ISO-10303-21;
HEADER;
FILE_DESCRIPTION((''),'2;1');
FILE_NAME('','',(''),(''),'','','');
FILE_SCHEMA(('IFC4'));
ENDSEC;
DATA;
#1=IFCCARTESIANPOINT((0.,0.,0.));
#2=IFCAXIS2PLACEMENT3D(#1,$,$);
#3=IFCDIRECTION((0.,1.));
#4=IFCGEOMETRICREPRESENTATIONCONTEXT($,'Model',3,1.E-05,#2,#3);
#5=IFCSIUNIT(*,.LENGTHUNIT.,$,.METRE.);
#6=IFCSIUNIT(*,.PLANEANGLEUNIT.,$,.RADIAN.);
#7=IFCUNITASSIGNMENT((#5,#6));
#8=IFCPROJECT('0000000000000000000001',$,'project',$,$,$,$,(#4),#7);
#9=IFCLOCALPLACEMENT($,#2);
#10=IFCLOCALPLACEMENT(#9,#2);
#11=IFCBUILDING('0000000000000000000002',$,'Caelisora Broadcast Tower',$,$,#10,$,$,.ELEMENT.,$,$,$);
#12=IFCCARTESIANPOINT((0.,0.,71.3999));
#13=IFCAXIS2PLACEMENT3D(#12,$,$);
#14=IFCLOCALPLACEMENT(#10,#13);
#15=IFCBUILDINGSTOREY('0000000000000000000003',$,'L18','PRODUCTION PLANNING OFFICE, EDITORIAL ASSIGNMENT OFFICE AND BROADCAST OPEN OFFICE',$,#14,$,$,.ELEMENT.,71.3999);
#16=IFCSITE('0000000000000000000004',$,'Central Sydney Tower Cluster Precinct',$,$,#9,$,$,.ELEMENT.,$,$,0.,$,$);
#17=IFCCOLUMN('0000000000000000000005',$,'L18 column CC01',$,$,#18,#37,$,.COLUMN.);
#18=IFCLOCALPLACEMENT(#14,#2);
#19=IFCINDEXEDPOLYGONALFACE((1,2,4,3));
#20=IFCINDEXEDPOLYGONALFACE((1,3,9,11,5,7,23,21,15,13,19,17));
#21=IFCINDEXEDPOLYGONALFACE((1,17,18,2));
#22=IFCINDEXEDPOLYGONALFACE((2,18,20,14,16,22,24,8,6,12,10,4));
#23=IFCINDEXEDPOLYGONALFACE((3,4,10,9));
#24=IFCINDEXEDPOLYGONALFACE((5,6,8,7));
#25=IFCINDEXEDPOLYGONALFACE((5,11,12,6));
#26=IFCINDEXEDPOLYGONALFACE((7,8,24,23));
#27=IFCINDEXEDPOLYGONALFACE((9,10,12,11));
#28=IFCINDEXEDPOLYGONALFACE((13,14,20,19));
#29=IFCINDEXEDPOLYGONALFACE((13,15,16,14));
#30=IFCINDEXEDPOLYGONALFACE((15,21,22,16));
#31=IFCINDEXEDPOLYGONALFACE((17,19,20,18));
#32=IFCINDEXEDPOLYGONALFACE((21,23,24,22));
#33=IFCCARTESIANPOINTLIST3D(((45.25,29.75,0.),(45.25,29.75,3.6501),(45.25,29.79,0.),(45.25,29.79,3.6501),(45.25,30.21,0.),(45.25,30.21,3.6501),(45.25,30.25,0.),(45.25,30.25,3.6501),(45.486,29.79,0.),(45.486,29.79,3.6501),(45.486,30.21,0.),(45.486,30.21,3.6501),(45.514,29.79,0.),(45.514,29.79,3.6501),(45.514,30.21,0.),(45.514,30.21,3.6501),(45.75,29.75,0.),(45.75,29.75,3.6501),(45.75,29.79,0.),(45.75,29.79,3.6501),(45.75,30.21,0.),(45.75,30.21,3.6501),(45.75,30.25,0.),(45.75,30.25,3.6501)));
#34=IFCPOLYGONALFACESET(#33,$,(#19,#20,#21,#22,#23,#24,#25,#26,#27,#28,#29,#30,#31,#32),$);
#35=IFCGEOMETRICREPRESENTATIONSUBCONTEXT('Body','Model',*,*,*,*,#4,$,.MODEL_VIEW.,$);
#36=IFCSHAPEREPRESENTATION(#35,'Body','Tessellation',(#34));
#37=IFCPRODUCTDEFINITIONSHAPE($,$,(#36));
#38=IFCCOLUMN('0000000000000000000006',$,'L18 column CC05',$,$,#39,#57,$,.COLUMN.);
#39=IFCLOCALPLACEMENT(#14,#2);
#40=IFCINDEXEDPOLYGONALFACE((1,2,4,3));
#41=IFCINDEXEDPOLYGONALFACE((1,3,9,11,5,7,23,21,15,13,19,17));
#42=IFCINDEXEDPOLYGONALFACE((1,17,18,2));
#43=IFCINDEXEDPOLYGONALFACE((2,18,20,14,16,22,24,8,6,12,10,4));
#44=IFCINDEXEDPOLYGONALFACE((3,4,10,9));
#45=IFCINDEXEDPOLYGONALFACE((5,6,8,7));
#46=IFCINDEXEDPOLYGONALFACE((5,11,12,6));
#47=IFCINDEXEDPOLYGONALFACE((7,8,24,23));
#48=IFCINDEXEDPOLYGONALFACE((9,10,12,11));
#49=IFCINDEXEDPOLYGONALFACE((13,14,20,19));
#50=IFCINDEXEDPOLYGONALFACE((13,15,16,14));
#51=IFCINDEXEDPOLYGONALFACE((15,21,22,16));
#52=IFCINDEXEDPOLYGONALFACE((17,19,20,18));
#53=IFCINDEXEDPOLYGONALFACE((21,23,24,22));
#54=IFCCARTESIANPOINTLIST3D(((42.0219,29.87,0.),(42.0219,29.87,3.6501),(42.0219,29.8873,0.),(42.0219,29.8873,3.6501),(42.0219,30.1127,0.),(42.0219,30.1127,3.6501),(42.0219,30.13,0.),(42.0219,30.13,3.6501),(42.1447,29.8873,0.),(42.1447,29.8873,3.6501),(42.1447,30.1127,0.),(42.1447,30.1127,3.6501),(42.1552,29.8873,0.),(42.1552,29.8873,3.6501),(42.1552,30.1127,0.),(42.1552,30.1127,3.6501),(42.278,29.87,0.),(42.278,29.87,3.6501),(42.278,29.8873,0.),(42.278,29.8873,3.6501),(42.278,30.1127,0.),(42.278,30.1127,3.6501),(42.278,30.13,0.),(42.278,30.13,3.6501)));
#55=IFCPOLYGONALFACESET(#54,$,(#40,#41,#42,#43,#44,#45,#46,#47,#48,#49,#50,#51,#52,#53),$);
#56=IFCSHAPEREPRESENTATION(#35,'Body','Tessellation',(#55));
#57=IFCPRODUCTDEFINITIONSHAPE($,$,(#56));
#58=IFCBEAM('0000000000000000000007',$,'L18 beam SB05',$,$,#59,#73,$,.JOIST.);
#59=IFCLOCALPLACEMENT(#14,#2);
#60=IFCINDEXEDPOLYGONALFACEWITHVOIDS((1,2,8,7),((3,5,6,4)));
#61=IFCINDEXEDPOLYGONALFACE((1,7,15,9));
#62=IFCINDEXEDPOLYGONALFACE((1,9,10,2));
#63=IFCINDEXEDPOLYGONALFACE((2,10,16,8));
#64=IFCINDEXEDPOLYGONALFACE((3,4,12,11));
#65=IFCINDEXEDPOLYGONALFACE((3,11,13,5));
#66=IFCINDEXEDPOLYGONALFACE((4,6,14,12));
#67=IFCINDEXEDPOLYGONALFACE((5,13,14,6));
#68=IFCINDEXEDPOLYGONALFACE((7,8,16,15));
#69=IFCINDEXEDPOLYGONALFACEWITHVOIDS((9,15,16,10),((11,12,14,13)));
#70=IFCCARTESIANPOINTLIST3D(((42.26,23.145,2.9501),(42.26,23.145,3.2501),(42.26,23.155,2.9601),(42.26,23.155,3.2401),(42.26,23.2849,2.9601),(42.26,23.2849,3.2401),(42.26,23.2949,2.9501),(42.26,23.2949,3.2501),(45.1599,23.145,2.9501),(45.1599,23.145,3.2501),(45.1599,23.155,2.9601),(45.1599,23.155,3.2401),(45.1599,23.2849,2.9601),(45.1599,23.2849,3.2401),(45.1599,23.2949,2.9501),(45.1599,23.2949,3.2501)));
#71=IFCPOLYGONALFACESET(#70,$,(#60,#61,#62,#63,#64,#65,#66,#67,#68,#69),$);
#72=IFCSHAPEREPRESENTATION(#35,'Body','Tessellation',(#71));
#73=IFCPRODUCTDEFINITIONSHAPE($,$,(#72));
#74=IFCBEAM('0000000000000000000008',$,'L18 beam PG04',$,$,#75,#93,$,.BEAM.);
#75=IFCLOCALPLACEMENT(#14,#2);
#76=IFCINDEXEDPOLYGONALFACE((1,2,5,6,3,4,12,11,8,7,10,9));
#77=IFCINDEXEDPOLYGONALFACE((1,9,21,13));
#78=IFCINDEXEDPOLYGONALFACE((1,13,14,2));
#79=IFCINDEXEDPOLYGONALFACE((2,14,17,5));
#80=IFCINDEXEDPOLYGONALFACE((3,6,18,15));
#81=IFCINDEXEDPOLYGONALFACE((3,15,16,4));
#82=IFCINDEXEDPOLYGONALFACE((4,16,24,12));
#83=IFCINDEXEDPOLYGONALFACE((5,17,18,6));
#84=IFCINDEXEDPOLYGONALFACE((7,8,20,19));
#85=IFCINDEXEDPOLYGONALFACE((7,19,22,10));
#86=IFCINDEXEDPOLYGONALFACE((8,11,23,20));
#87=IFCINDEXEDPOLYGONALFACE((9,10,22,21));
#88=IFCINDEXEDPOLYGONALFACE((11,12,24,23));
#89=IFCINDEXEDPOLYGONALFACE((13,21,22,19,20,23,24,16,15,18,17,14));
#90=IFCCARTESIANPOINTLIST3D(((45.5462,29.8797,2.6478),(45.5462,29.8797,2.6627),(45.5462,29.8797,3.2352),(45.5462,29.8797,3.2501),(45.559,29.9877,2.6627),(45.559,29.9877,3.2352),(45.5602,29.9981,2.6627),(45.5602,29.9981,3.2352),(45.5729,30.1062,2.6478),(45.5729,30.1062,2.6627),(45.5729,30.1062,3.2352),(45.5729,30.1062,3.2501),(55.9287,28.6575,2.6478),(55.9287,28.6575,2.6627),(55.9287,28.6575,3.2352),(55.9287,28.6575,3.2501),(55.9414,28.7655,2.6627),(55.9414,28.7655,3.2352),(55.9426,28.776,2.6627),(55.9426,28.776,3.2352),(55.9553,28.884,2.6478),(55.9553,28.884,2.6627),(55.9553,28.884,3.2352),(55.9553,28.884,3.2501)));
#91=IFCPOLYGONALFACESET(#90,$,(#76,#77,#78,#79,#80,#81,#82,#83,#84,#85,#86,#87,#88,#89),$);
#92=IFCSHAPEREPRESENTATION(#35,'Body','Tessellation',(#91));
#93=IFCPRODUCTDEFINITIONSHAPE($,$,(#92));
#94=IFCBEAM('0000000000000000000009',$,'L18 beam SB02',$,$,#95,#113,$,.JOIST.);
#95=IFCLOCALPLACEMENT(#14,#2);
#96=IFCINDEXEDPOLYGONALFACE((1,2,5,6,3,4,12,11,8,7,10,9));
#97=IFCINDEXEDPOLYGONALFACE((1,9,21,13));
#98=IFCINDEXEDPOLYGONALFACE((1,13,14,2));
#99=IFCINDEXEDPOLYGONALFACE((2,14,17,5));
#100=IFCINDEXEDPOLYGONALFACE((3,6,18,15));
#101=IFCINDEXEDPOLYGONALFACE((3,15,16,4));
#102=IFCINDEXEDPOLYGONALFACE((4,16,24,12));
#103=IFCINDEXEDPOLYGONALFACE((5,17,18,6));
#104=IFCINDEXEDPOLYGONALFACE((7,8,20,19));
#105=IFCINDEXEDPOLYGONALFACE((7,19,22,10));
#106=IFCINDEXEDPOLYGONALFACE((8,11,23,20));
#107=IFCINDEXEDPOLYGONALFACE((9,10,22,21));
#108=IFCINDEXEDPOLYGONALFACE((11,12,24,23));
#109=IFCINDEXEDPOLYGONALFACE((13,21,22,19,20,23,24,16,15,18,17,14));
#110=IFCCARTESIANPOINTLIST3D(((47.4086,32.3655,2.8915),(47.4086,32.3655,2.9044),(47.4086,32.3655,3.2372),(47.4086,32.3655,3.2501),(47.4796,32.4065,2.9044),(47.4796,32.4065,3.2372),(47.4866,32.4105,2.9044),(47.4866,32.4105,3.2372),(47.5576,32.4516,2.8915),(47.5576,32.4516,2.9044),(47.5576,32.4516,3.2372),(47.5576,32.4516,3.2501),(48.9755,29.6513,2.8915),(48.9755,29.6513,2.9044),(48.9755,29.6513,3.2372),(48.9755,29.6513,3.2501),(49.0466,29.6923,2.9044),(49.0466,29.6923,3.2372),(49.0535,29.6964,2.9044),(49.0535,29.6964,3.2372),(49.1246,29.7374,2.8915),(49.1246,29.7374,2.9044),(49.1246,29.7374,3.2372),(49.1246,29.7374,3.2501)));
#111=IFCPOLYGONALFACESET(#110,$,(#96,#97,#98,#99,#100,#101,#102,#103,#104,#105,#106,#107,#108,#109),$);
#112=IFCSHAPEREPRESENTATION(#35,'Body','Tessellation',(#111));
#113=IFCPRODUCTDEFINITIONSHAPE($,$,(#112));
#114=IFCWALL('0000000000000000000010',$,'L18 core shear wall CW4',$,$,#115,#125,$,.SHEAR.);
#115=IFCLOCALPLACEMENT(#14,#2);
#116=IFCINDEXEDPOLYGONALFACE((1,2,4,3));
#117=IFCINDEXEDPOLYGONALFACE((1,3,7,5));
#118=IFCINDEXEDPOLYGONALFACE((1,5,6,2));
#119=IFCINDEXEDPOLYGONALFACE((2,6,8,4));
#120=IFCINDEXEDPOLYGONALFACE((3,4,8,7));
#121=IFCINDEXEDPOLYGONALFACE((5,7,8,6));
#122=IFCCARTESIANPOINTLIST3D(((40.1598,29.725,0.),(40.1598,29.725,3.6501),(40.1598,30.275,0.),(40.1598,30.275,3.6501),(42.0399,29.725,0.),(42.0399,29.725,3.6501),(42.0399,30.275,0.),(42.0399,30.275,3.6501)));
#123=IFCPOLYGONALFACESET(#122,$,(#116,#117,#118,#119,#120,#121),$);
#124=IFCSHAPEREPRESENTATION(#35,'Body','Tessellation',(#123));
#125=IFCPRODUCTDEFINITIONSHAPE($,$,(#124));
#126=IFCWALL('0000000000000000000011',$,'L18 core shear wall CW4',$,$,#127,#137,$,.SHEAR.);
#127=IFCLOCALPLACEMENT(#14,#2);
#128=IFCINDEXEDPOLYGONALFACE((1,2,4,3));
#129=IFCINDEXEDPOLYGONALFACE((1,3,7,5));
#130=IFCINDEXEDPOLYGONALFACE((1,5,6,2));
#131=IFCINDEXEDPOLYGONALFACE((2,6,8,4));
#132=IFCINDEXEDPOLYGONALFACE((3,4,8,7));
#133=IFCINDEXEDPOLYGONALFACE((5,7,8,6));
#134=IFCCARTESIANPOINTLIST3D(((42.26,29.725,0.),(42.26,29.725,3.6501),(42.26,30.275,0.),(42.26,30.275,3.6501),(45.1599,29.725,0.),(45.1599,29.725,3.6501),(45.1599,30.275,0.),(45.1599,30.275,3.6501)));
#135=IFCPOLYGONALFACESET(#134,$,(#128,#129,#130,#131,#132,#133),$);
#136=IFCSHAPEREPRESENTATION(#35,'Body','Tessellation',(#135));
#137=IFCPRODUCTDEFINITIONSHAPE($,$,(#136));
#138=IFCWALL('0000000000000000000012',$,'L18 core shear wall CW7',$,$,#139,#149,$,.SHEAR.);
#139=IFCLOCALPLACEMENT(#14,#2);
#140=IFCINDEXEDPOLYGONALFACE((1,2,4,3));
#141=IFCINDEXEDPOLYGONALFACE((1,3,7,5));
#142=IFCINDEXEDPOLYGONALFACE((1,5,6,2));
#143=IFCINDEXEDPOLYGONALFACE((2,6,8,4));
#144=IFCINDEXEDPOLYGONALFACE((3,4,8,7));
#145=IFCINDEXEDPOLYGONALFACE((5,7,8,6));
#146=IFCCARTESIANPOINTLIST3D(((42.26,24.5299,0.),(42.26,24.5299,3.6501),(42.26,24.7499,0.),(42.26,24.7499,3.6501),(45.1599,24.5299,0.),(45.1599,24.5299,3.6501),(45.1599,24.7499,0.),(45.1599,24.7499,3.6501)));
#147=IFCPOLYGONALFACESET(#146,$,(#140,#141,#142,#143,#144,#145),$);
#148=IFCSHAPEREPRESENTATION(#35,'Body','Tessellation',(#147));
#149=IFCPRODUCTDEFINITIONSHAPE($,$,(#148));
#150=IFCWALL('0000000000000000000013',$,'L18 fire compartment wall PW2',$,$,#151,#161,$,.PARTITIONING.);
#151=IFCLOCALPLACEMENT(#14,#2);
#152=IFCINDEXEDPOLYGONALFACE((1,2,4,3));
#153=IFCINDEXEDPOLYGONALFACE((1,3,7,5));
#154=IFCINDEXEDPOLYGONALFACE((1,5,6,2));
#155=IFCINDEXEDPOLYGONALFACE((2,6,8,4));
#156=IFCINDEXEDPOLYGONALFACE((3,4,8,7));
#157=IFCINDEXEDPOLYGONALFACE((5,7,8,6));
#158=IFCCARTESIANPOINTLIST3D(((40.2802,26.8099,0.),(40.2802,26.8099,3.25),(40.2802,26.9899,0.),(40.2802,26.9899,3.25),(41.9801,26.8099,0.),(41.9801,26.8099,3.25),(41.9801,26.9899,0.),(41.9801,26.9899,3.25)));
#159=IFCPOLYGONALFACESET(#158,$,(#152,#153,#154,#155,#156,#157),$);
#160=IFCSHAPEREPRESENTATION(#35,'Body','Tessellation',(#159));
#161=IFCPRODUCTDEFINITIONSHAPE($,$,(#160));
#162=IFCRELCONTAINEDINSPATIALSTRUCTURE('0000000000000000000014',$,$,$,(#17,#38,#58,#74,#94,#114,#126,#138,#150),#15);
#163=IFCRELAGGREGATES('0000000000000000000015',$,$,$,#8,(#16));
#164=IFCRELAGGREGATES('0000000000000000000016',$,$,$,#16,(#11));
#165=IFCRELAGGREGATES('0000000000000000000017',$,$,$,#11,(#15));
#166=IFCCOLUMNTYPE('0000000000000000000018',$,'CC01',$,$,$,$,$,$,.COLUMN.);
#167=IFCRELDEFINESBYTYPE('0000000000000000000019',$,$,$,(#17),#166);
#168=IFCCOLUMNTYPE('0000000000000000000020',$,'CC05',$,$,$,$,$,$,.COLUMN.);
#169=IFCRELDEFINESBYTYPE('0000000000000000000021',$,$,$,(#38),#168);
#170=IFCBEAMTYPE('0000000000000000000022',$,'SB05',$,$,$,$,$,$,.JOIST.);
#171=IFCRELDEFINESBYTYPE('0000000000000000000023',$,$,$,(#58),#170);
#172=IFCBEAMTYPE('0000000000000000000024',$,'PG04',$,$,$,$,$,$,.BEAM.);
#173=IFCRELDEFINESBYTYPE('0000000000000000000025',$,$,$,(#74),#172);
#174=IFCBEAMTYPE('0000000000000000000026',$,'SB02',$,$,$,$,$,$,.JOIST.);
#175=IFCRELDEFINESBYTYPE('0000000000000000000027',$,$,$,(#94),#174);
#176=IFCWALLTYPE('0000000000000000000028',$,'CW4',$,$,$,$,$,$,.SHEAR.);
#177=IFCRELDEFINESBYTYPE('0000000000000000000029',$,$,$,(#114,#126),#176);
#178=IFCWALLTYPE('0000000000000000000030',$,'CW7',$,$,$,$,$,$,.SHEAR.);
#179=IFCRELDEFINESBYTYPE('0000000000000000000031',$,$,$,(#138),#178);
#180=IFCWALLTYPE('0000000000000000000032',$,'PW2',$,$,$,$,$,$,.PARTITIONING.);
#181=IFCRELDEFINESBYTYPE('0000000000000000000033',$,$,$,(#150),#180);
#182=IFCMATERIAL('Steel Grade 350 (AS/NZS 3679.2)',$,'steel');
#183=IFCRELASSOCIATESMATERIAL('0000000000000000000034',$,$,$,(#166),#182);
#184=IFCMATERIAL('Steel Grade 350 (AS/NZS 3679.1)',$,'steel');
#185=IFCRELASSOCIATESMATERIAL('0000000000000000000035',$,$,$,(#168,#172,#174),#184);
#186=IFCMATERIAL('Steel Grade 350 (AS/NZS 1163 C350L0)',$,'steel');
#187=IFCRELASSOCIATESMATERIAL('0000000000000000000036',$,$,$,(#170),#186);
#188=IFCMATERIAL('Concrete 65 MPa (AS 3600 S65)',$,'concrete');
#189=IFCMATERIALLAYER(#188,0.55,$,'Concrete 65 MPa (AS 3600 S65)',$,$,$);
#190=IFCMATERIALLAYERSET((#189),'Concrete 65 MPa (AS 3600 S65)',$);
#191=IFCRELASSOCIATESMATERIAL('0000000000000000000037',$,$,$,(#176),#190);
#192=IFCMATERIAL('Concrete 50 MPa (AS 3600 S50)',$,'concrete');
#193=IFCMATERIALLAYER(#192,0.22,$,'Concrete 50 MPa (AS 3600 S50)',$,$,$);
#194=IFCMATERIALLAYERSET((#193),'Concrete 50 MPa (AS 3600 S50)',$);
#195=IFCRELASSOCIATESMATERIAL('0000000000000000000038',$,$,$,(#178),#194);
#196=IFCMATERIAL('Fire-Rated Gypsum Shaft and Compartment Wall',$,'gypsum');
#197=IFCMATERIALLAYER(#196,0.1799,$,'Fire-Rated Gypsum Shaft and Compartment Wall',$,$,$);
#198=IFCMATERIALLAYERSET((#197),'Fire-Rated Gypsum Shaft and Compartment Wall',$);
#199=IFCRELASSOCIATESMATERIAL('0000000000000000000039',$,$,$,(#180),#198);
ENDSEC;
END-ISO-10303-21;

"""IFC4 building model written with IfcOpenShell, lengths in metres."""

from ifc_helpers import new_model, si_unit, direction, frame, frame_2d, origin, origin_2d, place, context, subcontext, project, spatial, rectangle, hollow_rectangle, i_section, extrude, source, transform, mapped, material, layer, layer_set, material_profile, profile_set, type_object, type_shapes, element, save


model = new_model("IFC4")

# Units and contexts
model_context = context("Model", 3, precision=1e-05, world=origin(), true_north=direction((0.0, 1.0)))
body_context = subcontext(model_context, "Body", "Model", "MODEL_VIEW")
ifc_project = project(units=[si_unit("LENGTHUNIT", "METRE"), si_unit("PLANEANGLEUNIT", "RADIAN")], contexts=[model_context])

# Site, building, storey
site_placement = place(None, origin())
site = spatial("IfcSite", under=ifc_project, at=site_placement, Name="Central Sydney Tower Cluster Precinct", CompositionType="ELEMENT", RefElevation=0.0)
building_placement = place(site_placement, origin())
building = spatial("IfcBuilding", under=site, at=building_placement, Name="Caelisora Broadcast Tower", CompositionType="ELEMENT")
storey_placement = place(building_placement, frame((0.0, 0.0, 71.3999)))
storey = spatial("IfcBuildingStorey", under=building, at=storey_placement, Name="L18", Description="PRODUCTION PLANNING OFFICE, EDITORIAL ASSIGNMENT OFFICE AND BROADCAST OPEN OFFICE", CompositionType="ELEMENT", Elevation=71.3999)

# Columns
ifc_material_1 = material(Name="Steel Grade 350 (AS/NZS 3679.2)", Category="steel")
ifc_material_profile_1 = material_profile(ifc_material_1, i_section(OverallWidth=0.5, OverallDepth=0.5, WebThickness=0.0281, FlangeThickness=0.04, at=origin_2d()), Name="Steel Grade 350 (AS/NZS 3679.2)")
ifc_profile_set_1 = profile_set([ifc_material_profile_1], Name="Steel Grade 350 (AS/NZS 3679.2)")
column_type_1 = type_object("IfcColumnType", Name="CC01", PredefinedType="COLUMN", material=ifc_profile_set_1)
shared_shape_1 = source(origin(), body_context, "Body", "SweptSolid", [
    extrude(i_section(OverallWidth=0.5, OverallDepth=0.5, WebThickness=0.0281, FlangeThickness=0.04, at=origin_2d()), origin(), (0.0, 0.0, 1.0), 3.6501),
])
type_shapes(column_type_1, [shared_shape_1])
column_1_placement = place(storey_placement, frame((45.5, 30.0, 0.0), z_axis=(0.0, 0.0, 1.0), x_axis=(1.0, 0.0, 0.0)))
element("IfcColumn", 1, at=column_1_placement, inside=storey, type_object=column_type_1, Name="L18 column CC01", PredefinedType="COLUMN", context=body_context, shape_type="MappedRepresentation", body=[
    mapped(shared_shape_1, transform((0.0, 0.0, 0.0), scale=1.0)),
])
ifc_material_2 = material(Name="Steel Grade 350 (AS/NZS 3679.1)", Category="steel")
ifc_material_profile_2 = material_profile(ifc_material_2, i_section(OverallWidth=0.2561, OverallDepth=0.26, WebThickness=0.0105, FlangeThickness=0.0173, at=origin_2d()), Name="Steel Grade 350 (AS/NZS 3679.1)")
ifc_profile_set_2 = profile_set([ifc_material_profile_2], Name="Steel Grade 350 (AS/NZS 3679.1)")
column_type_2 = type_object("IfcColumnType", Name="CC05", PredefinedType="COLUMN", material=ifc_profile_set_2)
shared_shape_2 = source(origin(), body_context, "Body", "SweptSolid", [
    extrude(i_section(OverallWidth=0.2561, OverallDepth=0.26, WebThickness=0.0105, FlangeThickness=0.0173, at=origin_2d()), origin(), (0.0, 0.0, 1.0), 3.6501),
])
type_shapes(column_type_2, [shared_shape_2])
column_2_placement = place(storey_placement, frame((42.1499, 30.0, 0.0), z_axis=(0.0, 0.0, 1.0), x_axis=(1.0, 0.0, 0.0)))
element("IfcColumn", 2, at=column_2_placement, inside=storey, type_object=column_type_2, Name="L18 column CC05", PredefinedType="COLUMN", context=body_context, shape_type="MappedRepresentation", body=[
    mapped(shared_shape_2, transform((0.0, 0.0, 0.0), scale=1.0)),
])

# Beams
ifc_material_3 = material(Name="Steel Grade 350 (AS/NZS 1163 C350L0)", Category="steel")
ifc_material_profile_3 = material_profile(ifc_material_3, hollow_rectangle(XDim=0.1499, YDim=0.3, WallThickness=0.01, at=origin_2d()), Name="Steel Grade 350 (AS/NZS 1163 C350L0)")
ifc_profile_set_3 = profile_set([ifc_material_profile_3], Name="Steel Grade 350 (AS/NZS 1163 C350L0)")
beam_type_1 = type_object("IfcBeamType", Name="SB05", PredefinedType="JOIST", material=ifc_profile_set_3)
shared_shape_3 = source(origin(), body_context, "Body", "SweptSolid", [
    extrude(hollow_rectangle(XDim=0.1499, YDim=0.3, WallThickness=0.01, at=origin_2d()), origin(), (0.0, 0.0, 1.0), 2.8999),
])
type_shapes(beam_type_1, [shared_shape_3])
beam_1_placement = place(storey_placement, frame((42.26, 23.22, 3.1001), z_axis=(1.0, 0.0, 0.0), x_axis=(0.0, 1.0, 0.0)))
element("IfcBeam", 3, at=beam_1_placement, inside=storey, type_object=beam_type_1, Name="L18 beam SB05", PredefinedType="JOIST", context=body_context, shape_type="MappedRepresentation", body=[
    mapped(shared_shape_3, transform((0.0, 0.0, 0.0), scale=1.0)),
])
ifc_material_profile_4 = material_profile(ifc_material_2, i_section(OverallWidth=0.228, OverallDepth=0.6023, WebThickness=0.0105, FlangeThickness=0.0149, at=origin_2d()), Name="Steel Grade 350 (AS/NZS 3679.1)")
ifc_profile_set_4 = profile_set([ifc_material_profile_4], Name="Steel Grade 350 (AS/NZS 3679.1)")
beam_type_2 = type_object("IfcBeamType", Name="PG04", PredefinedType="BEAM", material=ifc_profile_set_4)
shared_shape_4 = source(origin(), body_context, "Body", "SweptSolid", [
    extrude(i_section(OverallWidth=0.228, OverallDepth=0.6023, WebThickness=0.0105, FlangeThickness=0.0149, at=origin_2d()), origin(), (0.0, 0.0, 1.0), 10.4541),
])
type_shapes(beam_type_2, [shared_shape_4])
beam_2_placement = place(storey_placement, frame((45.5596, 29.9929, 2.949), z_axis=(0.993143, -0.116909, 0.0), x_axis=(0.116909, 0.993143, 0.0)))
element("IfcBeam", 4, at=beam_2_placement, inside=storey, type_object=beam_type_2, Name="L18 beam PG04", PredefinedType="BEAM", context=body_context, shape_type="MappedRepresentation", body=[
    mapped(shared_shape_4, transform((0.0, 0.0, 0.0), scale=1.0)),
])
ifc_material_profile_5 = material_profile(ifc_material_2, i_section(OverallWidth=0.1721, OverallDepth=0.3586, WebThickness=0.0081, FlangeThickness=0.0129, at=origin_2d()), Name="Steel Grade 350 (AS/NZS 3679.1)")
ifc_profile_set_5 = profile_set([ifc_material_profile_5], Name="Steel Grade 350 (AS/NZS 3679.1)")
beam_type_3 = type_object("IfcBeamType", Name="SB02", PredefinedType="JOIST", material=ifc_profile_set_5)
shared_shape_5 = source(origin(), body_context, "Body", "SweptSolid", [
    extrude(i_section(OverallWidth=0.1721, OverallDepth=0.3586, WebThickness=0.0081, FlangeThickness=0.0129, at=origin_2d()), origin(), (0.0, 0.0, 1.0), 3.134),
])
type_shapes(beam_type_3, [shared_shape_5])
beam_3_placement = place(storey_placement, frame((49.05, 29.6943, 3.0708), z_axis=(-0.499976, 0.866039, 0.0), x_axis=(-0.866039, -0.499976, 0.0)))
element("IfcBeam", 5, at=beam_3_placement, inside=storey, type_object=beam_type_3, Name="L18 beam SB02", PredefinedType="JOIST", context=body_context, shape_type="MappedRepresentation", body=[
    mapped(shared_shape_5, transform((0.0, 0.0, 0.0), scale=1.0)),
])

# Walls
ifc_material_4 = material(Name="Concrete 65 MPa (AS 3600 S65)", Category="concrete")
ifc_layer_1 = layer(ifc_material_4, 0.55, Name="Concrete 65 MPa (AS 3600 S65)")
ifc_layer_set_1 = layer_set([ifc_layer_1], Name="Concrete 65 MPa (AS 3600 S65)")
wall_type_1 = type_object("IfcWallType", Name="CW4", PredefinedType="SHEAR", material=ifc_layer_set_1)
wall_1_placement = place(storey_placement, frame((40.1599, 30.0, 0.0), z_axis=(0.0, 0.0, 1.0), x_axis=(1.0, 0.0, 0.0)))
element("IfcWall", 6, at=wall_1_placement, inside=storey, type_object=wall_type_1, Name="L18 core shear wall CW4", PredefinedType="SHEAR", context=body_context, shape_type="SweptSolid", body=[
    extrude(rectangle(XDim=1.8801, YDim=0.55, at=frame_2d((0.9399, 0.0))), origin(), (0.0, 0.0, 1.0), 3.6501),
])
wall_2_placement = place(storey_placement, frame((42.26, 30.0, 0.0), z_axis=(0.0, 0.0, 1.0), x_axis=(1.0, 0.0, 0.0)))
element("IfcWall", 7, at=wall_2_placement, inside=storey, type_object=wall_type_1, Name="L18 core shear wall CW4", PredefinedType="SHEAR", context=body_context, shape_type="SweptSolid", body=[
    extrude(rectangle(XDim=2.8999, YDim=0.55, at=frame_2d((1.45, 0.0))), origin(), (0.0, 0.0, 1.0), 3.6501),
])
ifc_material_5 = material(Name="Concrete 50 MPa (AS 3600 S50)", Category="concrete")
ifc_layer_2 = layer(ifc_material_5, 0.22, Name="Concrete 50 MPa (AS 3600 S50)")
ifc_layer_set_2 = layer_set([ifc_layer_2], Name="Concrete 50 MPa (AS 3600 S50)")
wall_type_2 = type_object("IfcWallType", Name="CW7", PredefinedType="SHEAR", material=ifc_layer_set_2)
wall_3_placement = place(storey_placement, frame((42.26, 24.6399, 0.0), z_axis=(0.0, 0.0, 1.0), x_axis=(1.0, 0.0, 0.0)))
element("IfcWall", 8, at=wall_3_placement, inside=storey, type_object=wall_type_2, Name="L18 core shear wall CW7", PredefinedType="SHEAR", context=body_context, shape_type="SweptSolid", body=[
    extrude(rectangle(XDim=2.8999, YDim=0.22, at=frame_2d((1.45, 0.0))), origin(), (0.0, 0.0, 1.0), 3.6501),
])
ifc_material_6 = material(Name="Fire-Rated Gypsum Shaft and Compartment Wall", Category="gypsum")
ifc_layer_3 = layer(ifc_material_6, 0.1799, Name="Fire-Rated Gypsum Shaft and Compartment Wall")
ifc_layer_set_3 = layer_set([ifc_layer_3], Name="Fire-Rated Gypsum Shaft and Compartment Wall")
wall_type_3 = type_object("IfcWallType", Name="PW2", PredefinedType="PARTITIONING", material=ifc_layer_set_3)
wall_4_placement = place(storey_placement, frame((40.28, 26.8999, 0.0), z_axis=(0.0, 0.0, 1.0), x_axis=(1.0, 0.0, 0.0)))
element("IfcWall", 9, at=wall_4_placement, inside=storey, type_object=wall_type_3, Name="L18 fire compartment wall PW2", PredefinedType="PARTITIONING", context=body_context, shape_type="SweptSolid", body=[
    extrude(rectangle(XDim=1.7, YDim=0.1799, at=frame_2d((0.8501, 0.0))), origin(), (0.0, 0.0, 1.0), 3.25),
])

save(model, "model.ifc")
